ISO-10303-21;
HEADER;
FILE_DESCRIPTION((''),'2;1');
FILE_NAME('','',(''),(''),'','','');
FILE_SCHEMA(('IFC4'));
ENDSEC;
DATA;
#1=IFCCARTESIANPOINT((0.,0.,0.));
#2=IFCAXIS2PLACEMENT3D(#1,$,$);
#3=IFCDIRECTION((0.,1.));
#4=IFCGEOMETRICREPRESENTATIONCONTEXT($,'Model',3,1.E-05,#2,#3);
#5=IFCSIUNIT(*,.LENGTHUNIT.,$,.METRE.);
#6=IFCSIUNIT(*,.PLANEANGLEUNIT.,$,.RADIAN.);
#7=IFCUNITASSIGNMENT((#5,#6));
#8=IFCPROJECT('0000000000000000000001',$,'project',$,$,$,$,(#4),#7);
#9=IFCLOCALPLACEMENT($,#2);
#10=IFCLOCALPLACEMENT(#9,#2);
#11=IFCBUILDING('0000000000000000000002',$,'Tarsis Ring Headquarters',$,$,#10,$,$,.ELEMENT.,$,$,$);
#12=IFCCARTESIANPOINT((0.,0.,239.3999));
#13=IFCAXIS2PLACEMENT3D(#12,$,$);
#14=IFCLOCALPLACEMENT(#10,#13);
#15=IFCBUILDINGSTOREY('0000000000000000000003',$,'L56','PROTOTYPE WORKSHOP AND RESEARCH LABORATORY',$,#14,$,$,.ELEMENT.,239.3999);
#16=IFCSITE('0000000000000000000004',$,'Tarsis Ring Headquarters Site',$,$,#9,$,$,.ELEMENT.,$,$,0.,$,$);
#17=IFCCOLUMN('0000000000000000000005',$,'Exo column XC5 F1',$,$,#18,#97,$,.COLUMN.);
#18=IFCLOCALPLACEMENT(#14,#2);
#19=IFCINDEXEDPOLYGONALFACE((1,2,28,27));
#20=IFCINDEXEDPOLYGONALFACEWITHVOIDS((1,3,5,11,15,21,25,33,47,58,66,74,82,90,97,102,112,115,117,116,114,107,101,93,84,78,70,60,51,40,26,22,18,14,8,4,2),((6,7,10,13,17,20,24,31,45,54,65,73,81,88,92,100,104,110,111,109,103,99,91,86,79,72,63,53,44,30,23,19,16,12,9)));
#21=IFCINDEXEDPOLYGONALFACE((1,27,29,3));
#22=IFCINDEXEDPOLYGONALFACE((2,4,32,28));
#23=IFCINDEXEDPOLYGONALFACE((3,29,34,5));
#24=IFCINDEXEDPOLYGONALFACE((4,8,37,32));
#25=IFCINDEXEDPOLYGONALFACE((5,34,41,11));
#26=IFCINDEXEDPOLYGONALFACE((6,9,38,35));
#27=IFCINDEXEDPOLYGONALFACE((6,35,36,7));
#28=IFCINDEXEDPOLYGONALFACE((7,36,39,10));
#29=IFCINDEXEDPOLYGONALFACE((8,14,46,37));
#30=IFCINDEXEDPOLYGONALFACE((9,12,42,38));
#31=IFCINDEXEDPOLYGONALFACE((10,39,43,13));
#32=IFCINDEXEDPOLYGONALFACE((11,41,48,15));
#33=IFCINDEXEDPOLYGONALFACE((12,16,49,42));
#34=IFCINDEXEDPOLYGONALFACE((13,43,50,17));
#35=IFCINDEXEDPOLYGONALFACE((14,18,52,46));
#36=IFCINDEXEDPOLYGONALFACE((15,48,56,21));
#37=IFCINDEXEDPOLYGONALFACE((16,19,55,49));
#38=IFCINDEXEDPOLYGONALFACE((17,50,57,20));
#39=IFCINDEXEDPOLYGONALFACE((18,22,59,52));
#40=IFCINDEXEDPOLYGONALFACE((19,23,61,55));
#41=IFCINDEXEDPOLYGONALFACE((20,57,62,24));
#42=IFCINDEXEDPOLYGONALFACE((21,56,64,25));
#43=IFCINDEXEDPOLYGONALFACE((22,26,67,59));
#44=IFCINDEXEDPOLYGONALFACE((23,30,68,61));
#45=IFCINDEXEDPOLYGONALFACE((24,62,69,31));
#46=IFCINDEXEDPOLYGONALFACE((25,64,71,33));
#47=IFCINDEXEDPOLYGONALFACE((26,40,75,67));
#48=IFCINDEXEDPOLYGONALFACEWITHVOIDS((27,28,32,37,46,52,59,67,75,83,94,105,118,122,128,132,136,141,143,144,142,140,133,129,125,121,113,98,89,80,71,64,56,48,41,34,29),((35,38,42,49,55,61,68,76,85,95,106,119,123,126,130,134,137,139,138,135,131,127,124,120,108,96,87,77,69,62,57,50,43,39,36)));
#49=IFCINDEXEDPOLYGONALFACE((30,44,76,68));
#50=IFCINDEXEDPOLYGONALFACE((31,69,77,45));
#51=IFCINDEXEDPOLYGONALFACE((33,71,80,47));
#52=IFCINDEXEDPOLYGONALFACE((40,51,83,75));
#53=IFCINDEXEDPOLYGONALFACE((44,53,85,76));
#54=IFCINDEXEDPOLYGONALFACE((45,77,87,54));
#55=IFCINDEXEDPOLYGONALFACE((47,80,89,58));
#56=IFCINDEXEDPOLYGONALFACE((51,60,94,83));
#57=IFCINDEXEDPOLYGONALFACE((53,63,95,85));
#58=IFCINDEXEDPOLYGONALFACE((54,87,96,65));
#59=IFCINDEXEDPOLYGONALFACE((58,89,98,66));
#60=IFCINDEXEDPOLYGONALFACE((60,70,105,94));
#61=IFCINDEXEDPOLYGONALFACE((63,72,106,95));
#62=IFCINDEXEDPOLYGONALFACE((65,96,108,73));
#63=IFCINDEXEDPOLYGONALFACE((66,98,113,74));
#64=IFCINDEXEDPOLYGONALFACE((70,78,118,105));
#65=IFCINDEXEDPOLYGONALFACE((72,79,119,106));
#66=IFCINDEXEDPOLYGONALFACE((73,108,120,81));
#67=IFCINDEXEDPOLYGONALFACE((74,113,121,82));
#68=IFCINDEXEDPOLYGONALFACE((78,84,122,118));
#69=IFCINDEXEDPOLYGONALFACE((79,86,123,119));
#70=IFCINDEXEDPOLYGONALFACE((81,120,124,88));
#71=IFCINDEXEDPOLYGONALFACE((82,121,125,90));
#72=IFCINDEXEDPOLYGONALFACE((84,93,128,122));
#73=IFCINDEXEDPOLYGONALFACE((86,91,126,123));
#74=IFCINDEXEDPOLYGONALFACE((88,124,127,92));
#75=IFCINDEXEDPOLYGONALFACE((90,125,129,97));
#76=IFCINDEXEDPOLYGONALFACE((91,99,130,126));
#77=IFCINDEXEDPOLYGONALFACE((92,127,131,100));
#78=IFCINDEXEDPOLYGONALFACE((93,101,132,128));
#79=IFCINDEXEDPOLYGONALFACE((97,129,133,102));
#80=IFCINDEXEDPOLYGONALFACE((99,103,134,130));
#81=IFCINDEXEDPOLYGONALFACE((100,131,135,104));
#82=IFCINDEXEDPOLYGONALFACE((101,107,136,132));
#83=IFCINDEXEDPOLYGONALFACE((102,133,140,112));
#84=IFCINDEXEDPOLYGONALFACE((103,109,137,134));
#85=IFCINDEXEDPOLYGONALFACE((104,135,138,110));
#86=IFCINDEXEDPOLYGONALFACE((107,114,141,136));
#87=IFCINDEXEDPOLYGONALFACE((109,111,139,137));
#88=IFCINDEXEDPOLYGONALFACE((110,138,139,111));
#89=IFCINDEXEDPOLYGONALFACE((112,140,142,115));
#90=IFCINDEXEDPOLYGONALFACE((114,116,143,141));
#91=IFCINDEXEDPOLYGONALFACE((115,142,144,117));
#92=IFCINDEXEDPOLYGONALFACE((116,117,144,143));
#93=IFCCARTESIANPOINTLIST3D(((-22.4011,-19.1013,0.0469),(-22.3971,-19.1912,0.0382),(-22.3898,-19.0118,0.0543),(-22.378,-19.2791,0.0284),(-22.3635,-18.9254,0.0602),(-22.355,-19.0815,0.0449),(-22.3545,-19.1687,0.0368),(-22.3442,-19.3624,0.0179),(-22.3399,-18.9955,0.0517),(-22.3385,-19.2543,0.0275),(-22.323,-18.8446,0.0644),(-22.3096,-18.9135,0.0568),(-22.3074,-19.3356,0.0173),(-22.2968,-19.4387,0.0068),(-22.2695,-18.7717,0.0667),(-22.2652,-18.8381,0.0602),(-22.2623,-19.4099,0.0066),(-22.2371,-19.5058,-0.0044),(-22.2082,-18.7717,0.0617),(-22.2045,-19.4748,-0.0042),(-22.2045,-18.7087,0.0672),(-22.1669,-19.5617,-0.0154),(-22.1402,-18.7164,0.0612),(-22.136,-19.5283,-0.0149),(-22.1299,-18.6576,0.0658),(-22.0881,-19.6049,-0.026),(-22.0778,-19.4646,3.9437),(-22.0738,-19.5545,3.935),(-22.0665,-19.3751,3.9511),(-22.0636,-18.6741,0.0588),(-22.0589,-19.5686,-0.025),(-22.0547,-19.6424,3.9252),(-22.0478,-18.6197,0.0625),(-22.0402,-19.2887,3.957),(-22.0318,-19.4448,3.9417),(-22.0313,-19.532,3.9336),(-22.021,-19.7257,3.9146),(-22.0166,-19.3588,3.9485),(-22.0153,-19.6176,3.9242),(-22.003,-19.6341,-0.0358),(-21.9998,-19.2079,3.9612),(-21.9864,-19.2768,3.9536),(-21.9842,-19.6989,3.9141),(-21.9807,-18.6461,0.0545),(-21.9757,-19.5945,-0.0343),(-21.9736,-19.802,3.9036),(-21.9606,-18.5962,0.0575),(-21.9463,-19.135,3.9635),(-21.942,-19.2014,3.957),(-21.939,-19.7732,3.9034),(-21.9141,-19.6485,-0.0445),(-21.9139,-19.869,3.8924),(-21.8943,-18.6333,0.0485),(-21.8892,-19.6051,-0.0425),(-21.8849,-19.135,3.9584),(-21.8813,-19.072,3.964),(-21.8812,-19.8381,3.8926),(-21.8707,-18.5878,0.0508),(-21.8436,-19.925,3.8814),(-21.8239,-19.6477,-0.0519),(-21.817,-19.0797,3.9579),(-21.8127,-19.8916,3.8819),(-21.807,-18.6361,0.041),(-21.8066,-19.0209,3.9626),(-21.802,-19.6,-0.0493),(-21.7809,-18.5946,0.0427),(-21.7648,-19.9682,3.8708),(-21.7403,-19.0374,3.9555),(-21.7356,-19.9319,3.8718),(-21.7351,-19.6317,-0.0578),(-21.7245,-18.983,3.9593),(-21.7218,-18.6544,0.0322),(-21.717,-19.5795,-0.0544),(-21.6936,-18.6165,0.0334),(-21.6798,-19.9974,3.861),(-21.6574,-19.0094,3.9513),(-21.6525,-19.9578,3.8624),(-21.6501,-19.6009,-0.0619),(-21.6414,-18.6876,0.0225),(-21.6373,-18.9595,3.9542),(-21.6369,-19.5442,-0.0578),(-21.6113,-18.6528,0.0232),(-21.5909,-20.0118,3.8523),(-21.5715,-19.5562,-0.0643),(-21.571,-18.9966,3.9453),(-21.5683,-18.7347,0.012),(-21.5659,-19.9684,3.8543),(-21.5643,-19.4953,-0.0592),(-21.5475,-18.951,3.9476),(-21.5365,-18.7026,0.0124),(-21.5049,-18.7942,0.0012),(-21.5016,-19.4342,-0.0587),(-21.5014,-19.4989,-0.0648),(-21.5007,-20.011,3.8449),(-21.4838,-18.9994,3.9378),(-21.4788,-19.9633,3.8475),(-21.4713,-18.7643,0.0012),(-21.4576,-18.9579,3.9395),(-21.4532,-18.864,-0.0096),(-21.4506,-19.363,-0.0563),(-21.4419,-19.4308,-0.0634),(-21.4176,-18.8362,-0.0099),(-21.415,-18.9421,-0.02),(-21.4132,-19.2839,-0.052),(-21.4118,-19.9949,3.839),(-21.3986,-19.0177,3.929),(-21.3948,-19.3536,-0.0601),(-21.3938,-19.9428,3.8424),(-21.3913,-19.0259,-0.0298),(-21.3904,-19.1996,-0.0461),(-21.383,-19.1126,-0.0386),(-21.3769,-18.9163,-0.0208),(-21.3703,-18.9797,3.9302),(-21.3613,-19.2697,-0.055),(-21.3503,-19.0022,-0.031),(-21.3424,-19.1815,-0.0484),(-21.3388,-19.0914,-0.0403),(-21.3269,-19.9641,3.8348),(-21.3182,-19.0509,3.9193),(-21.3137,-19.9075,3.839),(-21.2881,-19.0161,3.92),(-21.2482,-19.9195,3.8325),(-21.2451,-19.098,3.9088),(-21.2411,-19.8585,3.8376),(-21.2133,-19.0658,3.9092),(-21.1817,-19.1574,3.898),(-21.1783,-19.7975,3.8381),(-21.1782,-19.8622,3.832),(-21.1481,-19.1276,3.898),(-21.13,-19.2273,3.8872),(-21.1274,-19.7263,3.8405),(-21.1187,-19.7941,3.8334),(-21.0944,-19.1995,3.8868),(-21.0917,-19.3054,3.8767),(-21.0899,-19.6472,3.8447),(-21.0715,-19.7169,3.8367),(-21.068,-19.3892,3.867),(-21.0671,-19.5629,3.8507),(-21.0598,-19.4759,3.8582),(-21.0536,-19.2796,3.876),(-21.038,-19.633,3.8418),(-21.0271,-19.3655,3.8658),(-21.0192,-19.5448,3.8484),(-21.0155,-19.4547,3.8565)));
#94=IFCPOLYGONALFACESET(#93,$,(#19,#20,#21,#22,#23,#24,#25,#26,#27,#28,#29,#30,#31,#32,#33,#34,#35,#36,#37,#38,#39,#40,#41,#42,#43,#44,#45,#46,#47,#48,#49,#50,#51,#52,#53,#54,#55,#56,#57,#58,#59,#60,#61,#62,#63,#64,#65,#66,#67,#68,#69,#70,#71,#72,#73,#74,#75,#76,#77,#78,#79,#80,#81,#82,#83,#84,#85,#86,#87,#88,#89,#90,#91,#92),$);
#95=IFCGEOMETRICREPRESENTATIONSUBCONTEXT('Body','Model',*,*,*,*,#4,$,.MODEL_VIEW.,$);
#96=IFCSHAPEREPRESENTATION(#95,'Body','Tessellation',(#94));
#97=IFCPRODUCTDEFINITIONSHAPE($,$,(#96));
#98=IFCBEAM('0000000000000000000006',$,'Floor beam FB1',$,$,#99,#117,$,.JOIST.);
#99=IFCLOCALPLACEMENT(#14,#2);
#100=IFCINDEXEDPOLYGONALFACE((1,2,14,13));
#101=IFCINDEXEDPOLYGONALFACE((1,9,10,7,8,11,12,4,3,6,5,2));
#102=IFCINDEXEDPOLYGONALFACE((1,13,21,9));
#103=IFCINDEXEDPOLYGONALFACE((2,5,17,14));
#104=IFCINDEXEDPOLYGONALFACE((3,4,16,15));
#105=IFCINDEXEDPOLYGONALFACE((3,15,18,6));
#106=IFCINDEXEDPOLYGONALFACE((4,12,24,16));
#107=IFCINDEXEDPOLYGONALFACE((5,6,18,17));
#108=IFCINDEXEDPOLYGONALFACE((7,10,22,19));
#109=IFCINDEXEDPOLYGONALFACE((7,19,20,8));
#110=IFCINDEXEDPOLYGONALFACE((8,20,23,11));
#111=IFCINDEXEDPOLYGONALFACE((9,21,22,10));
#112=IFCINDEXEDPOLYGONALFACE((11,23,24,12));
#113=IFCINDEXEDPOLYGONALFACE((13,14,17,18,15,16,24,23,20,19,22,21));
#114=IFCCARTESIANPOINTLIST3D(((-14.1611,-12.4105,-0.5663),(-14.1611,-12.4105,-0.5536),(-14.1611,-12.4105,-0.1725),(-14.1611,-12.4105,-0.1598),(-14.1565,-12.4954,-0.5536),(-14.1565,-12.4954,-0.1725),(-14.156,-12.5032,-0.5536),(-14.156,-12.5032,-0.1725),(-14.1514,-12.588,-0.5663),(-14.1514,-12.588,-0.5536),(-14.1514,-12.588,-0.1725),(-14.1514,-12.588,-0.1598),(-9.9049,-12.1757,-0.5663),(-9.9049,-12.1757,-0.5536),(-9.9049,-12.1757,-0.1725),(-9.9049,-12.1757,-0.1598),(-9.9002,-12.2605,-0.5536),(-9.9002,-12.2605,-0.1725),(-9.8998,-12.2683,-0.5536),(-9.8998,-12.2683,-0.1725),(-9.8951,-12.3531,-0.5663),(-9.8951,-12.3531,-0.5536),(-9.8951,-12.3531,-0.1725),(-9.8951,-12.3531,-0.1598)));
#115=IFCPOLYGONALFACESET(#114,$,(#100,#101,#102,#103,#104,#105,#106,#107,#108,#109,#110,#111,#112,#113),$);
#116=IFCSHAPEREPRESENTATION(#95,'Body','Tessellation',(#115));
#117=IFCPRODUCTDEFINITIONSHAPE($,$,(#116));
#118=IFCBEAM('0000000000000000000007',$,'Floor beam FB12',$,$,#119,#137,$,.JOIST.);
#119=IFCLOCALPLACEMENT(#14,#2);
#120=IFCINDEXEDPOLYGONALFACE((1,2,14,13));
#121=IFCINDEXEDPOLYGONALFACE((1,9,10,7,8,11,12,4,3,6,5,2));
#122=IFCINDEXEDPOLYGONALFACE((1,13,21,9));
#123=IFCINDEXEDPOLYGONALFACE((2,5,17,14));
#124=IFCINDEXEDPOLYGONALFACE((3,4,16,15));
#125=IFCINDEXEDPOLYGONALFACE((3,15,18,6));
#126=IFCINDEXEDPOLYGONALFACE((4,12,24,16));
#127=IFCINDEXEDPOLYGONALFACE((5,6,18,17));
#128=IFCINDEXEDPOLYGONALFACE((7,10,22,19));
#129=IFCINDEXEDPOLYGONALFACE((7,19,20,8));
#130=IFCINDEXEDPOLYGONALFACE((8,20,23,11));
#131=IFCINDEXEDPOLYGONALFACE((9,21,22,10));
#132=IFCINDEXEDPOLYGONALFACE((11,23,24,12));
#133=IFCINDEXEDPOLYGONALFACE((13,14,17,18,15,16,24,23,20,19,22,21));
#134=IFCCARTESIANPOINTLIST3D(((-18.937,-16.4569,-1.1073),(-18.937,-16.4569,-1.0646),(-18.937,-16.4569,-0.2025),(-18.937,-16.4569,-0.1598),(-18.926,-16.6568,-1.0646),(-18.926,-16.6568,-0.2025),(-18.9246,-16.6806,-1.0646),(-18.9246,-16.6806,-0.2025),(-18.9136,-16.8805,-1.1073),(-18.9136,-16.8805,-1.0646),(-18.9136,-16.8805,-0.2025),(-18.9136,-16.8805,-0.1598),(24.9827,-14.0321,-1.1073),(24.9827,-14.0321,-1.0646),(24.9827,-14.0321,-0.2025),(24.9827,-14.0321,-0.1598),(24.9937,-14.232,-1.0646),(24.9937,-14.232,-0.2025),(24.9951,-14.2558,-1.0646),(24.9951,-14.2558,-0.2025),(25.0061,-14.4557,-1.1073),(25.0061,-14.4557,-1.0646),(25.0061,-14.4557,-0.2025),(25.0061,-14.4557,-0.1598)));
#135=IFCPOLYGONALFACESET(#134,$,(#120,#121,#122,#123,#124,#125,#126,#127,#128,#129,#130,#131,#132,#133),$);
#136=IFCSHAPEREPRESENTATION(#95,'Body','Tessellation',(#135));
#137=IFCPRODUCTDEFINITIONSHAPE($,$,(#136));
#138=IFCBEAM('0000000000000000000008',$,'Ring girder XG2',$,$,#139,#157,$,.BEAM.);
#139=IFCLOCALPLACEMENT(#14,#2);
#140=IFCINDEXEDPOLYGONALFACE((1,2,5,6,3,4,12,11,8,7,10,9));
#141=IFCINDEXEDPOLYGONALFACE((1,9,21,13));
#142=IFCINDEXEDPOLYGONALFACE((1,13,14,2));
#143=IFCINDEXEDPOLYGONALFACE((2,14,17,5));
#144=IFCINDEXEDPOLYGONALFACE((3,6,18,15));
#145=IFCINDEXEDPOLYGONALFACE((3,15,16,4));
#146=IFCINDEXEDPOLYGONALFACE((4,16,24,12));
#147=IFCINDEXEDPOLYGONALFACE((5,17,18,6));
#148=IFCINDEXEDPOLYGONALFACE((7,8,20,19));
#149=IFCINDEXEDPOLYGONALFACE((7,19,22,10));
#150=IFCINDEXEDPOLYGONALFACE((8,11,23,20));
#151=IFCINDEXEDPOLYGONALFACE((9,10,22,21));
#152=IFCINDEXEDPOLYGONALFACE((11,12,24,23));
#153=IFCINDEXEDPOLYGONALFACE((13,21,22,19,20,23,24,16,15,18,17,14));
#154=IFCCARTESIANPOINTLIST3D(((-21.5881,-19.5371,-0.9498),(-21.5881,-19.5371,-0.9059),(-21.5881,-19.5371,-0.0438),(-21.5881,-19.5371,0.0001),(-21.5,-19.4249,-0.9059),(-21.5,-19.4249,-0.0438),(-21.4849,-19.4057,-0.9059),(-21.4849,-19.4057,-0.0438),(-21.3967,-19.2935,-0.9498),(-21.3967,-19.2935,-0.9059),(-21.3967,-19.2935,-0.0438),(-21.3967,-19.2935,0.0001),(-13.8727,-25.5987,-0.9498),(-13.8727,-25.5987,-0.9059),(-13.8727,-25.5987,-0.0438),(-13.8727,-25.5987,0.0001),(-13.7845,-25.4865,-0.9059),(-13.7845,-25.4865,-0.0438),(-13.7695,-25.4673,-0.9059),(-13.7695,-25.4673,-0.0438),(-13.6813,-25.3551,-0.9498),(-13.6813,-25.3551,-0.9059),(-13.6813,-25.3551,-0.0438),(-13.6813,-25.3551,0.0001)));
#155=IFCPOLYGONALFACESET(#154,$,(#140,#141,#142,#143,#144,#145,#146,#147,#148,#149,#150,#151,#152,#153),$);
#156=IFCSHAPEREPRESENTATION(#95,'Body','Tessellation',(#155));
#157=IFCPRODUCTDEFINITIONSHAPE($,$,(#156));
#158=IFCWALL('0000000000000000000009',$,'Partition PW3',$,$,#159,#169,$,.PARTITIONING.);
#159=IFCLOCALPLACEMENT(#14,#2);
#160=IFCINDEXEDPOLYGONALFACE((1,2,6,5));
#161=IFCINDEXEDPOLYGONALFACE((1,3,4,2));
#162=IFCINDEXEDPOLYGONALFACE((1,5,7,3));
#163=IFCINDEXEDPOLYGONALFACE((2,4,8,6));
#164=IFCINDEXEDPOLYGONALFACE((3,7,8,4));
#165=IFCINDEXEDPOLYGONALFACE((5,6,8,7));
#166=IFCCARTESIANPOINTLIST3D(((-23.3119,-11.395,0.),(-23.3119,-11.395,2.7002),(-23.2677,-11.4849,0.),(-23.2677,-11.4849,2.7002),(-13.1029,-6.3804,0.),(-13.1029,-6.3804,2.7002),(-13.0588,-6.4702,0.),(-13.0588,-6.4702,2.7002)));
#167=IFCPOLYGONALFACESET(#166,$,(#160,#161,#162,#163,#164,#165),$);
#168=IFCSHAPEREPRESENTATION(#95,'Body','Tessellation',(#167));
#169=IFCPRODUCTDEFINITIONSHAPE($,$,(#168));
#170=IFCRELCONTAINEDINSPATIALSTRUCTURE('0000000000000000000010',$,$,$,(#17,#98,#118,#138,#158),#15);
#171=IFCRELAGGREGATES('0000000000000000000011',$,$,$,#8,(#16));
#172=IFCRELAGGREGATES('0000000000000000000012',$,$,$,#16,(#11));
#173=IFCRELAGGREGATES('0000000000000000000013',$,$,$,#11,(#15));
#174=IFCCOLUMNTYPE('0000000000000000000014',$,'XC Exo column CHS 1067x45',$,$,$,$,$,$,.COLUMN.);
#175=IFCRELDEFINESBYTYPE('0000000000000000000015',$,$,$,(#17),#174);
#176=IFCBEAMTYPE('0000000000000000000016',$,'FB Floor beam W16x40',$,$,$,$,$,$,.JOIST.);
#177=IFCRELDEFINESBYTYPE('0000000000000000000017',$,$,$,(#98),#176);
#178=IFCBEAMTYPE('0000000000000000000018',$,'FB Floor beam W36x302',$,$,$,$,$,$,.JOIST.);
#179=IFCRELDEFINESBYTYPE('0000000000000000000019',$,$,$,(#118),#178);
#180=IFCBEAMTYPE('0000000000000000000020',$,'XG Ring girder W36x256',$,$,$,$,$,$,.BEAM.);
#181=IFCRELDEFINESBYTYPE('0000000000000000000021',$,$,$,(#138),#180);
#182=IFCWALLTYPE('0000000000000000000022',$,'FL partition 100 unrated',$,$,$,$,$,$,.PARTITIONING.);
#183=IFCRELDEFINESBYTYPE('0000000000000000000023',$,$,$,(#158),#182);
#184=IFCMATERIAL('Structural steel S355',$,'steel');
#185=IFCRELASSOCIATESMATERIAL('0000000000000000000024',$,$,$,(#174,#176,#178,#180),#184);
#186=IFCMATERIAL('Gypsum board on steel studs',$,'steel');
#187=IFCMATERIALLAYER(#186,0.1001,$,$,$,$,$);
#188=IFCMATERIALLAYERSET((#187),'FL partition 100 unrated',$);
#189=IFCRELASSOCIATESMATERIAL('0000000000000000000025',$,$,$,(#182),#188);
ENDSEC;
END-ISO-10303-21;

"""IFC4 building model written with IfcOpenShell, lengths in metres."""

from ifc_helpers import new_model, si_unit, direction, frame, frame_2d, origin, origin_2d, place, context, subcontext, project, spatial, rectangle, hollow_circle, i_section, extrude, material, layer, layer_set, material_profile, profile_set, type_object, element, save


model = new_model("IFC4")

# Units and contexts
model_context = context("Model", 3, precision=1e-05, world=origin(), true_north=direction((0.0, 1.0)))
body_context = subcontext(model_context, "Body", "Model", "MODEL_VIEW")
ifc_project = project(units=[si_unit("LENGTHUNIT", "METRE"), si_unit("PLANEANGLEUNIT", "RADIAN")], contexts=[model_context])

# Site, building, storey
site_placement = place(None, origin())
site = spatial("IfcSite", under=ifc_project, at=site_placement, Name="Tarsis Ring Headquarters Site", CompositionType="ELEMENT", RefElevation=0.0)
building_placement = place(site_placement, origin())
building = spatial("IfcBuilding", under=site, at=building_placement, Name="Tarsis Ring Headquarters", CompositionType="ELEMENT")
storey_placement = place(building_placement, frame((0.0, 0.0, 239.3999)))
storey = spatial("IfcBuildingStorey", under=building, at=storey_placement, Name="L56", Description="PROTOTYPE WORKSHOP AND RESEARCH LABORATORY", CompositionType="ELEMENT", Elevation=239.3999)

# Column
ifc_material_1 = material(Name="Structural steel S355", Category="steel")
ifc_material_profile_1 = material_profile(ifc_material_1, hollow_circle(Radius=0.5334, WallThickness=0.0449, at=origin_2d()), Name="CHS 1067x45")
ifc_profile_set_1 = profile_set([ifc_material_profile_1], Name="Structural steel S355")
column_type = type_object("IfcColumnType", Name="XC Exo column CHS 1067x45", PredefinedType="COLUMN", material=ifc_profile_set_1)
column_placement = place(storey_placement, frame((-21.8699, -19.1189, 0.0012), z_axis=(0.082314, -0.09251, 0.992304), x_axis=(0.747077, 0.664738, 0.0)))
element("IfcColumn", 1, at=column_placement, inside=storey, type_object=column_type, Name="Exo column XC5 F1", PredefinedType="COLUMN", context=body_context, shape_type="SweptSolid", body=[
    extrude(hollow_circle(Radius=0.5334, WallThickness=0.0449, at=origin_2d()), origin(), (0.0, 0.0, 1.0), 3.927),
])

# Beams
ifc_material_profile_2 = material_profile(ifc_material_1, i_section(OverallWidth=0.1777, OverallDepth=0.4065, WebThickness=0.0078, FlangeThickness=0.0127, at=origin_2d()), Name="W16x40")
ifc_profile_set_2 = profile_set([ifc_material_profile_2], Name="Structural steel S355")
beam_type_1 = type_object("IfcBeamType", Name="FB Floor beam W16x40", PredefinedType="JOIST", material=ifc_profile_set_2)
beam_1_placement = place(storey_placement, frame((-14.1562, -12.4993, -0.363), z_axis=(0.998481, 0.055099, 0.0), x_axis=(-0.055099, 0.998481, 0.0)))
element("IfcBeam", 2, at=beam_1_placement, inside=storey, type_object=beam_type_1, Name="Floor beam FB1", PredefinedType="JOIST", context=body_context, shape_type="SweptSolid", body=[
    extrude(i_section(OverallWidth=0.1777, OverallDepth=0.4065, WebThickness=0.0078, FlangeThickness=0.0127, at=origin_2d()), origin(), (0.0, 0.0, 1.0), 4.2627),
])
ifc_material_profile_3 = material_profile(ifc_material_1, i_section(OverallWidth=0.4243, OverallDepth=0.9475, WebThickness=0.0239, FlangeThickness=0.0427, at=origin_2d()), Name="W36x302")
ifc_profile_set_3 = profile_set([ifc_material_profile_3], Name="Structural steel S355")
beam_type_2 = type_object("IfcBeamType", Name="FB Floor beam W36x302", PredefinedType="JOIST", material=ifc_profile_set_3)
beam_2_placement = place(storey_placement, frame((-18.9253, -16.6687, -0.6335), z_axis=(0.998479, 0.055126, 0.0), x_axis=(-0.055126, 0.998479, 0.0)))
element("IfcBeam", 3, at=beam_2_placement, inside=storey, type_object=beam_type_2, Name="Floor beam FB12", PredefinedType="JOIST", context=body_context, shape_type="SweptSolid", body=[
    extrude(i_section(OverallWidth=0.4243, OverallDepth=0.9475, WebThickness=0.0239, FlangeThickness=0.0427, at=origin_2d()), origin(), (0.0, 0.0, 1.0), 43.9866),
])
ifc_material_profile_4 = material_profile(ifc_material_1, i_section(OverallWidth=0.3098, OverallDepth=0.95, WebThickness=0.0244, FlangeThickness=0.0439, at=origin_2d()), Name="W36x256")
ifc_profile_set_4 = profile_set([ifc_material_profile_4], Name="Structural steel S355")
beam_type_3 = type_object("IfcBeamType", Name="XG Ring girder W36x256", PredefinedType="BEAM", material=ifc_profile_set_4)
beam_3_placement = place(storey_placement, frame((-21.4924, -19.4153, -0.4749), z_axis=(0.786344, -0.617789, 0.0), x_axis=(0.617789, 0.786344, 0.0)))
element("IfcBeam", 4, at=beam_3_placement, inside=storey, type_object=beam_type_3, Name="Ring girder XG2", PredefinedType="BEAM", context=body_context, shape_type="SweptSolid", body=[
    extrude(i_section(OverallWidth=0.3098, OverallDepth=0.95, WebThickness=0.0244, FlangeThickness=0.0439, at=origin_2d()), origin(), (0.0, 0.0, 1.0), 9.8118),
])

# Wall
ifc_material_2 = material(Name="Gypsum board on steel studs", Category="steel")
ifc_layer_1 = layer(ifc_material_2, 0.1001)
ifc_layer_set_1 = layer_set([ifc_layer_1], Name="FL partition 100 unrated")
wall_type_1 = type_object("IfcWallType", Name="FL partition 100 unrated", PredefinedType="PARTITIONING", material=ifc_layer_set_1)
wall_1_placement = place(storey_placement, frame((-23.2898, -11.4399, 0.0), z_axis=(0.0, 0.0, 1.0), x_axis=(0.897564, 0.440883, 0.0)))
element("IfcWall", 5, at=wall_1_placement, inside=storey, type_object=wall_type_1, Name="Partition PW3", PredefinedType="PARTITIONING", context=body_context, shape_type="SweptSolid", body=[
    extrude(rectangle(XDim=11.374, YDim=0.1001, at=frame_2d((5.687, 0.0))), origin(), (0.0, 0.0, 1.0), 2.7002),
])

save(model, "model.ifc")
